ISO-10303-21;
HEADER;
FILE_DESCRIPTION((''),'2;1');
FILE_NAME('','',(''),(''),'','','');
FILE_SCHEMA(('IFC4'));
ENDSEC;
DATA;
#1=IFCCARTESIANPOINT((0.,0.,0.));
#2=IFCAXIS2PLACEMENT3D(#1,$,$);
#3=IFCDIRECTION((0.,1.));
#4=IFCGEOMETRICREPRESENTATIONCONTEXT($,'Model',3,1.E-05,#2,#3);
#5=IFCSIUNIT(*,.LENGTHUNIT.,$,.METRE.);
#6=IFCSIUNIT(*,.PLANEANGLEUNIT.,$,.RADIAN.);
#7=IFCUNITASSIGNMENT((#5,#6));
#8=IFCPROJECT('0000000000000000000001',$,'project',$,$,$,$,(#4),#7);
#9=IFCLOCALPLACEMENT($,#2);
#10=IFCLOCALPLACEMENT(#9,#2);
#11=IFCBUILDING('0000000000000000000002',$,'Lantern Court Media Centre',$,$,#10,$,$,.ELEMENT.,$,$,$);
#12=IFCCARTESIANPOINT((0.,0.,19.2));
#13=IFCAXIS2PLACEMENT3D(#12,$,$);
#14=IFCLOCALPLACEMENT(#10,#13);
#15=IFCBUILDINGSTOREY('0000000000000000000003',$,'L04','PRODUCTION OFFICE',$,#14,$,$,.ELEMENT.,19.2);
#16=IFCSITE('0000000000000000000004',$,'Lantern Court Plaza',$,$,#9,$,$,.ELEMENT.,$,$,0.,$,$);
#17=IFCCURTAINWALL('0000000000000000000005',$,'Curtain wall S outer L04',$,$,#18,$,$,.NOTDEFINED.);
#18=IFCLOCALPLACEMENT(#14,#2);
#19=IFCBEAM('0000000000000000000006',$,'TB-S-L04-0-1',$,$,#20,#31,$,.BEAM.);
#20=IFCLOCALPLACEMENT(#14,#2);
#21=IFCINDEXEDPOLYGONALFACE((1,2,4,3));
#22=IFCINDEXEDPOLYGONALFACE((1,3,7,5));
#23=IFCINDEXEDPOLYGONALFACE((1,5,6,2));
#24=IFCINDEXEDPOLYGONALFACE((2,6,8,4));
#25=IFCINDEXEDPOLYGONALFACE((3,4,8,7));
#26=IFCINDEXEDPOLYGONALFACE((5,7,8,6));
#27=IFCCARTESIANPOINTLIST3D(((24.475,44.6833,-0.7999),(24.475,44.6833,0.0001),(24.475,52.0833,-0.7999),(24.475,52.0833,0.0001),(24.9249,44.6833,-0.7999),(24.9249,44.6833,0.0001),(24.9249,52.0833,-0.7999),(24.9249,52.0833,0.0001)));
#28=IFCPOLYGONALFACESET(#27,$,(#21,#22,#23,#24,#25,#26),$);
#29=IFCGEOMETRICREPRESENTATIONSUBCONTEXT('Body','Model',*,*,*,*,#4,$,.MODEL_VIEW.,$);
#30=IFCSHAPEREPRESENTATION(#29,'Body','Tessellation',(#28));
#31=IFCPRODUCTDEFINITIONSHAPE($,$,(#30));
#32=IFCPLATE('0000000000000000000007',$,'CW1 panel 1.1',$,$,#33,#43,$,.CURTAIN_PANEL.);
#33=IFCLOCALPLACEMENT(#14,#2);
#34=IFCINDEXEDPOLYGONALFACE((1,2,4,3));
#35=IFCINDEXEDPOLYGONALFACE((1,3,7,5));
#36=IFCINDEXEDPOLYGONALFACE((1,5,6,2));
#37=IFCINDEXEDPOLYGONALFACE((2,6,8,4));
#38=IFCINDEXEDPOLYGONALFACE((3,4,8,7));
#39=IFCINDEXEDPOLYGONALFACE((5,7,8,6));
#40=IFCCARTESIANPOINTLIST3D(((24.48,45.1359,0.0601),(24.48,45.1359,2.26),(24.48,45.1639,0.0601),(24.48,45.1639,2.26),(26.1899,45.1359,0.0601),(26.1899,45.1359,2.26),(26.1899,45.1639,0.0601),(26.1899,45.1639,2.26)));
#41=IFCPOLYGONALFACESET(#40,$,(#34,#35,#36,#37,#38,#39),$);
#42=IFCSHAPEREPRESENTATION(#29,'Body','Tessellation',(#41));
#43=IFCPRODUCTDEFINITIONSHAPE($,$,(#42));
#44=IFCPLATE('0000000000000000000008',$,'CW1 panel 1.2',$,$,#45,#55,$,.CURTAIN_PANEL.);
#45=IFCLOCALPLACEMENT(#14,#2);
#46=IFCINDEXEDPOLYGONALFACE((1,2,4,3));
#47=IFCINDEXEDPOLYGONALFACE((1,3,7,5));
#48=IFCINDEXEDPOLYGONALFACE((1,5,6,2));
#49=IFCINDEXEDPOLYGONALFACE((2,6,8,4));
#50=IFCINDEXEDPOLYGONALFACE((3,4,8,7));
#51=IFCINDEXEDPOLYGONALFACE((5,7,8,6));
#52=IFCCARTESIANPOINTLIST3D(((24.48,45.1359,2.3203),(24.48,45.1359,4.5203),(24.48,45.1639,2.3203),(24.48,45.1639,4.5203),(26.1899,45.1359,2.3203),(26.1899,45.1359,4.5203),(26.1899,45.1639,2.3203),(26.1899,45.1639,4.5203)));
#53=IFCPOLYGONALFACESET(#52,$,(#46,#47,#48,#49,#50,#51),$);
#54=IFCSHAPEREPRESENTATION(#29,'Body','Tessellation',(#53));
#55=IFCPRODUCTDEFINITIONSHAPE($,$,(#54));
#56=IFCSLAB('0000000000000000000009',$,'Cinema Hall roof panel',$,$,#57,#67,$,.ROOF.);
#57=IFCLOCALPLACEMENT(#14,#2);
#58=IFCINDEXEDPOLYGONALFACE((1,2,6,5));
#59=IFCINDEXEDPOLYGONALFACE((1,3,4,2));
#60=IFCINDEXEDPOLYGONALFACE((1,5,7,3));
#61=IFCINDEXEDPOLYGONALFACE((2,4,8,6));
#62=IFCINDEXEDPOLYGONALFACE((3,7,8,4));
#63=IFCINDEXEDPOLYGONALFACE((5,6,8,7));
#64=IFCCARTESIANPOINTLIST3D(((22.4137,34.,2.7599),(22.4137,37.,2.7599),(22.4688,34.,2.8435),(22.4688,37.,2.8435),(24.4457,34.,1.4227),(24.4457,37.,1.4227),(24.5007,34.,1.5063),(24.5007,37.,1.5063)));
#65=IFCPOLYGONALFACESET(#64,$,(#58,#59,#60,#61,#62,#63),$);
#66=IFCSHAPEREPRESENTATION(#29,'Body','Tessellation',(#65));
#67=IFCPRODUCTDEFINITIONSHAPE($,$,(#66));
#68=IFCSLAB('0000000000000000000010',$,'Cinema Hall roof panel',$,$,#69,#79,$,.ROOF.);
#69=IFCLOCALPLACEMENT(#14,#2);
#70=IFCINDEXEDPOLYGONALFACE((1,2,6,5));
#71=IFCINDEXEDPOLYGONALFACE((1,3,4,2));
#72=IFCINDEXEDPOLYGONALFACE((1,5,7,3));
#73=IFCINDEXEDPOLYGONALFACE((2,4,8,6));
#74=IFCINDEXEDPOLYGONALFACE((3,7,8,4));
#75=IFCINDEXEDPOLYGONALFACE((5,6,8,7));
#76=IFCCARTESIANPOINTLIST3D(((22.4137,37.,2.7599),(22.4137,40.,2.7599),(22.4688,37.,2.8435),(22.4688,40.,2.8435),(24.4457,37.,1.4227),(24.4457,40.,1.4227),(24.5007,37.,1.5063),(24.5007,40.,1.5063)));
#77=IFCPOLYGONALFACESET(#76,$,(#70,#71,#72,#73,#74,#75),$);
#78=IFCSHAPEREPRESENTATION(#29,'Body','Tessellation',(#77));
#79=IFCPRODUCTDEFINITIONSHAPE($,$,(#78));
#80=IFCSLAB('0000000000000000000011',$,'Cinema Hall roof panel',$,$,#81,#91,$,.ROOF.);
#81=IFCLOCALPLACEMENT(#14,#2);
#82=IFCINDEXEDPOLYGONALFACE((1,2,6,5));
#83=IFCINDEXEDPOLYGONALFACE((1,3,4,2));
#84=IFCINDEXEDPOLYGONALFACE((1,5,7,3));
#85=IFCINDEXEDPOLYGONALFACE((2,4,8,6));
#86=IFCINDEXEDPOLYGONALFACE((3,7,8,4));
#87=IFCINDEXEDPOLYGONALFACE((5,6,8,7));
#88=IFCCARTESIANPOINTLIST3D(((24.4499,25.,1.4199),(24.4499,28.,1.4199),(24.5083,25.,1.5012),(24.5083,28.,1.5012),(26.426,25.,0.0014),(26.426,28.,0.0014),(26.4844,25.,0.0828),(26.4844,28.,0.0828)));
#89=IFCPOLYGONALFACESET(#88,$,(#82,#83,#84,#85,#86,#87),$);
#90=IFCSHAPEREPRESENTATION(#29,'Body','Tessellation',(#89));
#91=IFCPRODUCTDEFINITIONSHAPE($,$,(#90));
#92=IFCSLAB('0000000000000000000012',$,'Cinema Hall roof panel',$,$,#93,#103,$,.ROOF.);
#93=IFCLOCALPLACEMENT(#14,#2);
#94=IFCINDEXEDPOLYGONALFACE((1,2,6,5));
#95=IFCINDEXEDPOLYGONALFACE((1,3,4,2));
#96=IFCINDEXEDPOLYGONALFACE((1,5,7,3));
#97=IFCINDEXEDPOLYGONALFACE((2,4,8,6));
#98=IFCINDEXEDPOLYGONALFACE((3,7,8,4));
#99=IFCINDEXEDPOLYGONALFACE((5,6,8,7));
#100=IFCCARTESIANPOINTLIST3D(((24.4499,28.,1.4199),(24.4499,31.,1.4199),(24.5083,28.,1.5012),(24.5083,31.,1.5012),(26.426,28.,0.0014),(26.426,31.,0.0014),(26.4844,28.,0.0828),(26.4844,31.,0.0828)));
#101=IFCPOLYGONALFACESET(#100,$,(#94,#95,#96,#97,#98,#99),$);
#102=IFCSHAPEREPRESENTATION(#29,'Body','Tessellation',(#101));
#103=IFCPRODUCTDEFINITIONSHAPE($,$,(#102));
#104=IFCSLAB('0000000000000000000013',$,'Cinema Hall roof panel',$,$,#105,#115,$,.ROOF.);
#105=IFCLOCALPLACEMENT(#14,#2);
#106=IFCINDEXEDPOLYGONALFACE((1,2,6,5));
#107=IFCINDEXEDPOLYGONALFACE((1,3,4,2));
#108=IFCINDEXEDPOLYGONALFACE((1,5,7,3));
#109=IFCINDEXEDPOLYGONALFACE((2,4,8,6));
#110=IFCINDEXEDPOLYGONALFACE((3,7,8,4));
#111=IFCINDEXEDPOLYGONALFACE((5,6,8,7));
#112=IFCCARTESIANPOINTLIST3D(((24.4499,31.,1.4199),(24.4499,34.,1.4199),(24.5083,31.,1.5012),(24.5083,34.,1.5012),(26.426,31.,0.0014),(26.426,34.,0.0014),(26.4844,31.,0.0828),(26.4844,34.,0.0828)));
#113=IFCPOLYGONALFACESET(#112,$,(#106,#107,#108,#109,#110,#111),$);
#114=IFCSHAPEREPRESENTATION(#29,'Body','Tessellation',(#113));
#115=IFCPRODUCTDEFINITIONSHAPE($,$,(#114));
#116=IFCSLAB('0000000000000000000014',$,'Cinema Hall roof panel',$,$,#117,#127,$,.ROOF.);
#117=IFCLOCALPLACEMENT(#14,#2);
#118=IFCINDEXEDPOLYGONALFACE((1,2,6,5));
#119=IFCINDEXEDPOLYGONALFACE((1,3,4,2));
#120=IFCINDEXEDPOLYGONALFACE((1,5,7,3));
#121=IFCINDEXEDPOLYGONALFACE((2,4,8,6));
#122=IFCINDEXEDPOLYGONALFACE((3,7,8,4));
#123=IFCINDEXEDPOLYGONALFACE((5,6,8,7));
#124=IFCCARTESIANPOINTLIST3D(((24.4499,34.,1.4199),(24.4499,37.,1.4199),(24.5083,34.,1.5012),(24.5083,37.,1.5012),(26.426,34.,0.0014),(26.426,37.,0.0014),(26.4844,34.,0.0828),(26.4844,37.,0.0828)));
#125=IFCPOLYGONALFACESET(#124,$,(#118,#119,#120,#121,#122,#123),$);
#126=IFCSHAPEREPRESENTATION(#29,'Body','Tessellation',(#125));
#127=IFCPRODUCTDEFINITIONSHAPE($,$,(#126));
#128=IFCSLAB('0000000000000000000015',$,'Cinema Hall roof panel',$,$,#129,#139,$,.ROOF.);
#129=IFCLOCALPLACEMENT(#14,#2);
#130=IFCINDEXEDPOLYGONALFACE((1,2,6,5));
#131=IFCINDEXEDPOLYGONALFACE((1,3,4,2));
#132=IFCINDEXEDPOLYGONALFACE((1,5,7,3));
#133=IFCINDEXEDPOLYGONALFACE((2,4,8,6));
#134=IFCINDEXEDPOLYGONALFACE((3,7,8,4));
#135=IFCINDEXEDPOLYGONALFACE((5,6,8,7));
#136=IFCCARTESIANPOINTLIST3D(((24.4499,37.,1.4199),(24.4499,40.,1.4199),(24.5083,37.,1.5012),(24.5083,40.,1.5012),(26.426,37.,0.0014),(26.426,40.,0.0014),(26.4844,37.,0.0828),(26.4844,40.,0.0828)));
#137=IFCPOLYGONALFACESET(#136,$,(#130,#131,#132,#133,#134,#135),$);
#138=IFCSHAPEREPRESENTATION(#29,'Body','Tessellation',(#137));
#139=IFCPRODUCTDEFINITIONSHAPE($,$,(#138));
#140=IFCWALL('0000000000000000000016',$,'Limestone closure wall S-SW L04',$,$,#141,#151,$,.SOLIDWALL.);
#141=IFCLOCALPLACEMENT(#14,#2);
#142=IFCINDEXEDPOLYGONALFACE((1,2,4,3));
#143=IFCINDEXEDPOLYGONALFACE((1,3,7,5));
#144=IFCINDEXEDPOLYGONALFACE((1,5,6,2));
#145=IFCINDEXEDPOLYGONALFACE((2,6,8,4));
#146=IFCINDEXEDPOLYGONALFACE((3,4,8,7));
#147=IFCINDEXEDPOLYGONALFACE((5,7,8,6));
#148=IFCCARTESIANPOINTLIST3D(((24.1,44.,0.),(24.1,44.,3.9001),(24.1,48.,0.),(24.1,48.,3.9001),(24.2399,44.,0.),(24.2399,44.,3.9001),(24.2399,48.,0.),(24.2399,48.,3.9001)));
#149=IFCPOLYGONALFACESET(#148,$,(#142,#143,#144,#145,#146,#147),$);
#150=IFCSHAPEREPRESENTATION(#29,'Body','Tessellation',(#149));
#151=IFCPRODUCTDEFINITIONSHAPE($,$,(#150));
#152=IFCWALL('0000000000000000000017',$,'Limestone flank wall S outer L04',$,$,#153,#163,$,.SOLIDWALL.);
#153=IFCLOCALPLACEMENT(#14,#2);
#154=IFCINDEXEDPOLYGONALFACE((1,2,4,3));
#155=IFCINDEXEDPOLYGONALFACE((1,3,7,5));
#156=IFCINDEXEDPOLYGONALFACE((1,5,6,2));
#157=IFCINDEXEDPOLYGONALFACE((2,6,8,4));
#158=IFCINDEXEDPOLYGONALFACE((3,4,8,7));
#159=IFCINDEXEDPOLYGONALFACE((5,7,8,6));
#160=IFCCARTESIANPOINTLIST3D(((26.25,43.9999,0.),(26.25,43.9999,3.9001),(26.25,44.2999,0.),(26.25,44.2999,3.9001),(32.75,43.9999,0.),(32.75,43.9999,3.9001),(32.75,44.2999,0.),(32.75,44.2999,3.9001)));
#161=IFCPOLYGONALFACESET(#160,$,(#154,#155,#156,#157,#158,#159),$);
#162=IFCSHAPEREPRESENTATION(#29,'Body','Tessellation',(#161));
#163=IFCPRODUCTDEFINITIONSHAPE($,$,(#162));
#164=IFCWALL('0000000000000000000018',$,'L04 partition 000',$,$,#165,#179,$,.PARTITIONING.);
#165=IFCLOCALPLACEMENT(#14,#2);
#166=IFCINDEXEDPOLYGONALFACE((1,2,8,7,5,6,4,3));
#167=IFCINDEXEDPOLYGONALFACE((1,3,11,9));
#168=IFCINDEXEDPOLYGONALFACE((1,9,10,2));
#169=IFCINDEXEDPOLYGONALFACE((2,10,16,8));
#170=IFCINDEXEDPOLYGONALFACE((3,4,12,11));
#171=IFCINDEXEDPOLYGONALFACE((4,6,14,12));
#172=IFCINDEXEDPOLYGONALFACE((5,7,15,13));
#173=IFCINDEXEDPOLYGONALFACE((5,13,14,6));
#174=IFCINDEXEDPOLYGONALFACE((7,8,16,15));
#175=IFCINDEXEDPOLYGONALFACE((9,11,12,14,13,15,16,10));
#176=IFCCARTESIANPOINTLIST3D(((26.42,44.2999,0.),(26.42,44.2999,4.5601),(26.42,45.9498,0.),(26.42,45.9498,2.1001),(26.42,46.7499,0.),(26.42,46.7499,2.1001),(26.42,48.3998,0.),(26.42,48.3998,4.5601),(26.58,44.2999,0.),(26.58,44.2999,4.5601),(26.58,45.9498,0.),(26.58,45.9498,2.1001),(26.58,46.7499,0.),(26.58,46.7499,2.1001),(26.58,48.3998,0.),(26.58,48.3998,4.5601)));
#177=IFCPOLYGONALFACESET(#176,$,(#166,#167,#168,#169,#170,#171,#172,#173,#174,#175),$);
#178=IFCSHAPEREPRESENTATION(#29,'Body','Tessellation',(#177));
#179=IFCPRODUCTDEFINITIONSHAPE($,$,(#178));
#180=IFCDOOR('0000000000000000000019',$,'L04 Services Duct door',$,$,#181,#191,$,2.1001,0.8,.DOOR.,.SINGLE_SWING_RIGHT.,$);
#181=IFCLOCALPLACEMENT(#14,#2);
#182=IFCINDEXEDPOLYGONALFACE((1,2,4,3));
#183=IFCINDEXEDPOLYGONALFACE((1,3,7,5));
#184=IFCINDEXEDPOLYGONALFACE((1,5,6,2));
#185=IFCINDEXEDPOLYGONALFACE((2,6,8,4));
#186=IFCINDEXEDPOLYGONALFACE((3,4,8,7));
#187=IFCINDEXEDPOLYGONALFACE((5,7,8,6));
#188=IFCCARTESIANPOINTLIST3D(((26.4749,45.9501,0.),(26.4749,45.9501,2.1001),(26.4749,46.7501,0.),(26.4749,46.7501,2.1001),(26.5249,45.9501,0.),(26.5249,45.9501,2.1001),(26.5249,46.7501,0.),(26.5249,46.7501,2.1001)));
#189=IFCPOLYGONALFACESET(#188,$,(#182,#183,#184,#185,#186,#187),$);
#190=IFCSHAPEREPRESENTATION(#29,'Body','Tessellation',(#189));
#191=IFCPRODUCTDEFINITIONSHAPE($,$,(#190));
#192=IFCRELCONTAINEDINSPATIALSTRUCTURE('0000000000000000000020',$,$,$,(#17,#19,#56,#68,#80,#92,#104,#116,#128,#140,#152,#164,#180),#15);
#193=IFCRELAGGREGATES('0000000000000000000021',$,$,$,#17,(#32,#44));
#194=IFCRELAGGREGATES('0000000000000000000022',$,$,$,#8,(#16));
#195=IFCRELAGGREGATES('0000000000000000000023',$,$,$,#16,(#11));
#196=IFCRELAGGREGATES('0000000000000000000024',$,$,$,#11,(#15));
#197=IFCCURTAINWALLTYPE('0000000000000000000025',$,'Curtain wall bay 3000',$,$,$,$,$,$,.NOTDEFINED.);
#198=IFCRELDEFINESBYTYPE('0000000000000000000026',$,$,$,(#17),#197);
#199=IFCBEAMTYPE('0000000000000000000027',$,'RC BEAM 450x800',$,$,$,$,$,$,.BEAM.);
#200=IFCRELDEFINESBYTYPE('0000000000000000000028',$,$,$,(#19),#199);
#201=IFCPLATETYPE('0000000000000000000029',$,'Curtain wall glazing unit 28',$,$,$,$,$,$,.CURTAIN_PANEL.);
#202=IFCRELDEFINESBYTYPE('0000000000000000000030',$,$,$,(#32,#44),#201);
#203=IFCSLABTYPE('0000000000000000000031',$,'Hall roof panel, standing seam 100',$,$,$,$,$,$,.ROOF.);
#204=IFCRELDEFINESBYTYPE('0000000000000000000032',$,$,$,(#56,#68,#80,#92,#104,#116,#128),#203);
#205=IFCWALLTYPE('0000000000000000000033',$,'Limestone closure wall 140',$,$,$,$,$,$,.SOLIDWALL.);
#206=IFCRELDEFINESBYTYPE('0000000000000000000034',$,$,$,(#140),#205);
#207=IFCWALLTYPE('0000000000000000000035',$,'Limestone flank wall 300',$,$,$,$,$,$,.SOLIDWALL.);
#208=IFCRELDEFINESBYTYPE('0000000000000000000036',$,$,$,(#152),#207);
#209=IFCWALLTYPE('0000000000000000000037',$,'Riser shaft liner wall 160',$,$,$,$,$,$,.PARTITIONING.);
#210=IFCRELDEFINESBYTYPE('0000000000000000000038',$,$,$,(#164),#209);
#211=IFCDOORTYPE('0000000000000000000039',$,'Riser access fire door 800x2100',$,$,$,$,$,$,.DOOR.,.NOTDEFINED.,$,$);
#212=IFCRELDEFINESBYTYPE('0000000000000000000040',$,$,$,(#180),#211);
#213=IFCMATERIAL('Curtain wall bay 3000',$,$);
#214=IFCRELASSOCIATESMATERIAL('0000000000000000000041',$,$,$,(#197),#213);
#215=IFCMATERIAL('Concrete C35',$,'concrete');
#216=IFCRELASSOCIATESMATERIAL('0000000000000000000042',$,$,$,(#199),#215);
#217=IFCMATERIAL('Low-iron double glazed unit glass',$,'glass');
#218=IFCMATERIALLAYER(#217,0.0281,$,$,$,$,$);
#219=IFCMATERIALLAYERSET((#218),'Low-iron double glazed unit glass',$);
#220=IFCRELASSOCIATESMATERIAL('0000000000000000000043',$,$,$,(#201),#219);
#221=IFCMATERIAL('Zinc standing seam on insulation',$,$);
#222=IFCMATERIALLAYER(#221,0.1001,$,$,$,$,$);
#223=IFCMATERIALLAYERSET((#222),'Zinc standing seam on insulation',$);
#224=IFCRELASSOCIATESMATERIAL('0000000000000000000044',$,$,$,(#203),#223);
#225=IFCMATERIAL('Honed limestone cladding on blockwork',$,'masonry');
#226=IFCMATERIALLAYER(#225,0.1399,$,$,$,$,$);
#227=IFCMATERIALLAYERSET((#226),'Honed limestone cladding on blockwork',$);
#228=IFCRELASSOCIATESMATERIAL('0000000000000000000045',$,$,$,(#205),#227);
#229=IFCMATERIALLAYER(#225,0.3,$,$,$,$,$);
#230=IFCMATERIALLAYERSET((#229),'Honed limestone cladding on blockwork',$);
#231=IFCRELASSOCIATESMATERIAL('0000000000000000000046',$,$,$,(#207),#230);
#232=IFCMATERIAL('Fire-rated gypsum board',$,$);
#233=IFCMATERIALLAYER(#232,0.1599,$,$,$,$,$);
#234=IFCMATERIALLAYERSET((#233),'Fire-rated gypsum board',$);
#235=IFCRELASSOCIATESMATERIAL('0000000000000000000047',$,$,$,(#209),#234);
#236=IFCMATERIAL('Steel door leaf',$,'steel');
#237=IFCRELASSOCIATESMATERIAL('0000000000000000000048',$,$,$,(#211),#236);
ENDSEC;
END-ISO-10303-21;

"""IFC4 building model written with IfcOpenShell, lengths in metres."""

from ifc_helpers import new_model, si_unit, direction, frame, frame_2d, origin, origin_2d, place, context, subcontext, project, spatial, polyline, rectangle, outline, extrude, material, layer, layer_set, material_profile, profile_set, type_object, element, fill, aggregate, save


model = new_model("IFC4")

# Units and contexts
model_context = context("Model", 3, precision=1e-05, world=origin(), true_north=direction((0.0, 1.0)))
body_context = subcontext(model_context, "Body", "Model", "MODEL_VIEW")
ifc_project = project(units=[si_unit("LENGTHUNIT", "METRE"), si_unit("PLANEANGLEUNIT", "RADIAN")], contexts=[model_context])

# Site, building, storey
site_placement = place(None, origin())
site = spatial("IfcSite", under=ifc_project, at=site_placement, Name="Lantern Court Plaza", CompositionType="ELEMENT", RefElevation=0.0)
building_placement = place(site_placement, origin())
building = spatial("IfcBuilding", under=site, at=building_placement, Name="Lantern Court Media Centre", CompositionType="ELEMENT")
storey_placement = place(building_placement, frame((0.0, 0.0, 19.2)))
storey = spatial("IfcBuildingStorey", under=building, at=storey_placement, Name="L04", Description="PRODUCTION OFFICE", CompositionType="ELEMENT", Elevation=19.2)

# Shared definitions
ifc_material_1 = material(Name="Concrete C35", Category="concrete")

# Curtain wall
ifc_material_2 = material(Name="Curtain wall bay 3000")
curtain_wall_type = type_object("IfcCurtainWallType", Name="Curtain wall bay 3000", PredefinedType="NOTDEFINED", material=ifc_material_2)
curtain_wall_1_placement = place(storey_placement, origin())
curtain_wall_1 = element("IfcCurtainWall", 1, at=curtain_wall_1_placement, inside=storey, type_object=curtain_wall_type, Name="Curtain wall S outer L04", PredefinedType="NOTDEFINED")

# Beam
ifc_material_profile_1 = material_profile(ifc_material_1, rectangle(XDim=0.45, YDim=0.8, at=origin_2d()), Name="RC 450x800")
ifc_profile_set_1 = profile_set([ifc_material_profile_1], Name="Concrete C35")
beam_type_1 = type_object("IfcBeamType", Name="RC BEAM 450x800", PredefinedType="BEAM", material=ifc_profile_set_1)
beam_1_placement = place(storey_placement, frame((24.7, 44.6833, -0.3999), z_axis=(0.0, 1.0, 0.0), x_axis=(-1.0, 0.0, 0.0)))
element("IfcBeam", 2, at=beam_1_placement, inside=storey, type_object=beam_type_1, Name="TB-S-L04-0-1", PredefinedType="BEAM", context=body_context, shape_type="SweptSolid", body=[
    extrude(rectangle(XDim=0.45, YDim=0.8, at=origin_2d()), origin(), (0.0, 0.0, 1.0), 7.3999),
])

# Plates
ifc_material_3 = material(Name="Low-iron double glazed unit glass", Category="glass")
ifc_layer_1 = layer(ifc_material_3, 0.0281)
ifc_layer_set_1 = layer_set([ifc_layer_1], Name="Low-iron double glazed unit glass")
plate_type = type_object("IfcPlateType", Name="Curtain wall glazing unit 28", PredefinedType="CURTAIN_PANEL", material=ifc_layer_set_1)
plate_1_placement = place(storey_placement, frame((25.335, 45.1499, 0.0601), z_axis=(0.0, 0.0, 1.0), x_axis=(1.0, 0.0, 0.0)))
plate_1 = element("IfcPlate", 3, at=plate_1_placement, type_object=plate_type, Name="CW1 panel 1.1", PredefinedType="CURTAIN_PANEL", context=body_context, shape_type="SweptSolid", body=[
    extrude(rectangle(XDim=1.71, YDim=0.0281, at=origin_2d()), origin(), (0.0, 0.0, 1.0), 2.2),
])
plate_2_placement = place(storey_placement, frame((25.335, 45.1499, 2.3203), z_axis=(0.0, 0.0, 1.0), x_axis=(1.0, 0.0, 0.0)))
plate_2 = element("IfcPlate", 4, at=plate_2_placement, type_object=plate_type, Name="CW1 panel 1.2", PredefinedType="CURTAIN_PANEL", context=body_context, shape_type="SweptSolid", body=[
    extrude(rectangle(XDim=1.71, YDim=0.0281, at=origin_2d()), origin(), (0.0, 0.0, 1.0), 2.2),
])
aggregate(curtain_wall_1, [plate_1, plate_2])

# Slabs
ifc_material_4 = material(Name="Zinc standing seam on insulation")
ifc_layer_2 = layer(ifc_material_4, 0.1001)
ifc_layer_set_2 = layer_set([ifc_layer_2], Name="Zinc standing seam on insulation")
slab_type = type_object("IfcSlabType", Name="Hall roof panel, standing seam 100", PredefinedType="ROOF", material=ifc_layer_set_2)
for number, where, z_axis, x_axis, name in (
    (5, (22.4688, 34.0, 2.8435), (0.549711, 0.0, 0.835355), (0.835355, 0.0, -0.549711), "Cinema Hall roof panel"),
    (6, (22.4688, 37.0, 2.8435), (0.549711, 0.0, 0.835355), (0.835355, 0.0, -0.549711), "Cinema Hall roof panel"),
):
    element("IfcSlab", number, at=place(storey_placement, frame(where, z_axis=z_axis, x_axis=x_axis)), inside=storey, type_object=slab_type, Name=name, PredefinedType="ROOF", context=body_context, shape_type="SweptSolid", body=[
        extrude(outline(polyline([(0.0, 0.0), (2.4325, 0.0), (2.4325, 3.0), (0.0, 3.0), (0.0, 0.0)])), origin(), (0.0, 0.0, -1.0), 0.1001),
    ])
for number, where, z_axis, x_axis, name in (
    (7, (24.5083, 25.0, 1.5012), (0.583135, 0.0, 0.812375), (0.812375, 0.0, -0.583135), "Cinema Hall roof panel"),
    (8, (24.5083, 28.0, 1.5012), (0.583135, 0.0, 0.812375), (0.812375, 0.0, -0.583135), "Cinema Hall roof panel"),
    (9, (24.5083, 31.0, 1.5012), (0.583135, 0.0, 0.812375), (0.812375, 0.0, -0.583135), "Cinema Hall roof panel"),
    (10, (24.5083, 34.0, 1.5012), (0.583135, 0.0, 0.812375), (0.812375, 0.0, -0.583135), "Cinema Hall roof panel"),
    (11, (24.5083, 37.0, 1.5012), (0.583135, 0.0, 0.812375), (0.812375, 0.0, -0.583135), "Cinema Hall roof panel"),
):
    element("IfcSlab", number, at=place(storey_placement, frame(where, z_axis=z_axis, x_axis=x_axis)), inside=storey, type_object=slab_type, Name=name, PredefinedType="ROOF", context=body_context, shape_type="SweptSolid", body=[
        extrude(outline(polyline([(0.0, 0.0), (2.4325, 0.0), (2.4325, 3.0), (0.0, 3.0), (0.0, 0.0)])), origin(), (0.0, 0.0, -1.0), 0.1001),
    ])

# Walls
ifc_material_5 = material(Name="Honed limestone cladding on blockwork", Category="masonry")
ifc_layer_3 = layer(ifc_material_5, 0.1399)
ifc_layer_set_3 = layer_set([ifc_layer_3], Name="Honed limestone cladding on blockwork")
wall_type_1 = type_object("IfcWallType", Name="Limestone closure wall 140", PredefinedType="SOLIDWALL", material=ifc_layer_set_3)
wall_1_placement = place(storey_placement, frame((24.1699, 44.0, 0.0), z_axis=(0.0, 0.0, 1.0), x_axis=(0.0, 1.0, 0.0)))
element("IfcWall", 12, at=wall_1_placement, inside=storey, type_object=wall_type_1, Name="Limestone closure wall S-SW L04", PredefinedType="SOLIDWALL", context=body_context, shape_type="SweptSolid", body=[
    extrude(rectangle(XDim=4.0, YDim=0.1399, at=frame_2d((2.0, 0.0))), origin(), (0.0, 0.0, 1.0), 3.9001),
])
ifc_layer_4 = layer(ifc_material_5, 0.3)
ifc_layer_set_4 = layer_set([ifc_layer_4], Name="Honed limestone cladding on blockwork")
wall_type_2 = type_object("IfcWallType", Name="Limestone flank wall 300", PredefinedType="SOLIDWALL", material=ifc_layer_set_4)
wall_2_placement = place(storey_placement, frame((26.25, 44.1499, 0.0), z_axis=(0.0, 0.0, 1.0), x_axis=(1.0, 0.0, 0.0)))
element("IfcWall", 13, at=wall_2_placement, inside=storey, type_object=wall_type_2, Name="Limestone flank wall S outer L04", PredefinedType="SOLIDWALL", context=body_context, shape_type="SweptSolid", body=[
    extrude(rectangle(XDim=6.5, YDim=0.3, at=frame_2d((3.25, 0.0))), origin(), (0.0, 0.0, 1.0), 3.9001),
])

# Wall, opening, door
ifc_material_6 = material(Name="Fire-rated gypsum board")
ifc_layer_5 = layer(ifc_material_6, 0.1599)
ifc_layer_set_5 = layer_set([ifc_layer_5], Name="Fire-rated gypsum board")
wall_type_3 = type_object("IfcWallType", Name="Riser shaft liner wall 160", PredefinedType="PARTITIONING", material=ifc_layer_set_5)
wall_3_placement = place(storey_placement, frame((26.5, 44.3, 0.0), z_axis=(0.0, 0.0, 1.0), x_axis=(0.0, 1.0, 0.0)))
wall_3 = element("IfcWall", 14, at=wall_3_placement, inside=storey, type_object=wall_type_3, Name="L04 partition 000", PredefinedType="PARTITIONING", context=body_context, shape_type="SweptSolid", body=[
    extrude(rectangle(XDim=4.0999, YDim=0.1599, at=frame_2d((2.0498, 0.0))), origin(), (0.0, 0.0, 1.0), 4.5601),
])
opening_placement = place(wall_3_placement, frame((1.6499, 0.0, 0.0)))
opening = element("IfcOpeningElement", 15, at=opening_placement, cuts=wall_3, PredefinedType="OPENING", context=body_context, shape_type="SweptSolid", body=[
    extrude(rectangle(XDim=0.8, YDim=2.1001, at=frame_2d((0.3999, 1.05))), frame((0.0, 0.0898, 0.0), z_axis=(0.0, -1.0, 0.0), x_axis=(1.0, 0.0, 0.0)), (0.0, 0.0, 1.0), 0.1799),
])
ifc_material_7 = material(Name="Steel door leaf", Category="steel")
door_type = type_object("IfcDoorType", Name="Riser access fire door 800x2100", OperationType="NOTDEFINED", PredefinedType="DOOR", material=ifc_material_7)
door_placement = place(opening_placement, frame((0.8, 0.0, 0.0), z_axis=(0.0, 0.0, 1.0), x_axis=(-1.0, 0.0, 0.0)))
door = element("IfcDoor", 16, at=door_placement, inside=storey, type_object=door_type, Name="L04 Services Duct door", OperationType="SINGLE_SWING_RIGHT", OverallHeight=2.1001, OverallWidth=0.8, PredefinedType="DOOR", context=body_context, shape_type="SweptSolid", body=[
    extrude(rectangle(XDim=0.8, YDim=2.1001, at=frame_2d((0.3999, 1.05))), frame((0.0, 0.0249, 0.0), z_axis=(0.0, -1.0, 0.0), x_axis=(1.0, 0.0, 0.0)), (0.0, 0.0, 1.0), 0.05),
])
fill(opening, door)

save(model, "model.ifc")
